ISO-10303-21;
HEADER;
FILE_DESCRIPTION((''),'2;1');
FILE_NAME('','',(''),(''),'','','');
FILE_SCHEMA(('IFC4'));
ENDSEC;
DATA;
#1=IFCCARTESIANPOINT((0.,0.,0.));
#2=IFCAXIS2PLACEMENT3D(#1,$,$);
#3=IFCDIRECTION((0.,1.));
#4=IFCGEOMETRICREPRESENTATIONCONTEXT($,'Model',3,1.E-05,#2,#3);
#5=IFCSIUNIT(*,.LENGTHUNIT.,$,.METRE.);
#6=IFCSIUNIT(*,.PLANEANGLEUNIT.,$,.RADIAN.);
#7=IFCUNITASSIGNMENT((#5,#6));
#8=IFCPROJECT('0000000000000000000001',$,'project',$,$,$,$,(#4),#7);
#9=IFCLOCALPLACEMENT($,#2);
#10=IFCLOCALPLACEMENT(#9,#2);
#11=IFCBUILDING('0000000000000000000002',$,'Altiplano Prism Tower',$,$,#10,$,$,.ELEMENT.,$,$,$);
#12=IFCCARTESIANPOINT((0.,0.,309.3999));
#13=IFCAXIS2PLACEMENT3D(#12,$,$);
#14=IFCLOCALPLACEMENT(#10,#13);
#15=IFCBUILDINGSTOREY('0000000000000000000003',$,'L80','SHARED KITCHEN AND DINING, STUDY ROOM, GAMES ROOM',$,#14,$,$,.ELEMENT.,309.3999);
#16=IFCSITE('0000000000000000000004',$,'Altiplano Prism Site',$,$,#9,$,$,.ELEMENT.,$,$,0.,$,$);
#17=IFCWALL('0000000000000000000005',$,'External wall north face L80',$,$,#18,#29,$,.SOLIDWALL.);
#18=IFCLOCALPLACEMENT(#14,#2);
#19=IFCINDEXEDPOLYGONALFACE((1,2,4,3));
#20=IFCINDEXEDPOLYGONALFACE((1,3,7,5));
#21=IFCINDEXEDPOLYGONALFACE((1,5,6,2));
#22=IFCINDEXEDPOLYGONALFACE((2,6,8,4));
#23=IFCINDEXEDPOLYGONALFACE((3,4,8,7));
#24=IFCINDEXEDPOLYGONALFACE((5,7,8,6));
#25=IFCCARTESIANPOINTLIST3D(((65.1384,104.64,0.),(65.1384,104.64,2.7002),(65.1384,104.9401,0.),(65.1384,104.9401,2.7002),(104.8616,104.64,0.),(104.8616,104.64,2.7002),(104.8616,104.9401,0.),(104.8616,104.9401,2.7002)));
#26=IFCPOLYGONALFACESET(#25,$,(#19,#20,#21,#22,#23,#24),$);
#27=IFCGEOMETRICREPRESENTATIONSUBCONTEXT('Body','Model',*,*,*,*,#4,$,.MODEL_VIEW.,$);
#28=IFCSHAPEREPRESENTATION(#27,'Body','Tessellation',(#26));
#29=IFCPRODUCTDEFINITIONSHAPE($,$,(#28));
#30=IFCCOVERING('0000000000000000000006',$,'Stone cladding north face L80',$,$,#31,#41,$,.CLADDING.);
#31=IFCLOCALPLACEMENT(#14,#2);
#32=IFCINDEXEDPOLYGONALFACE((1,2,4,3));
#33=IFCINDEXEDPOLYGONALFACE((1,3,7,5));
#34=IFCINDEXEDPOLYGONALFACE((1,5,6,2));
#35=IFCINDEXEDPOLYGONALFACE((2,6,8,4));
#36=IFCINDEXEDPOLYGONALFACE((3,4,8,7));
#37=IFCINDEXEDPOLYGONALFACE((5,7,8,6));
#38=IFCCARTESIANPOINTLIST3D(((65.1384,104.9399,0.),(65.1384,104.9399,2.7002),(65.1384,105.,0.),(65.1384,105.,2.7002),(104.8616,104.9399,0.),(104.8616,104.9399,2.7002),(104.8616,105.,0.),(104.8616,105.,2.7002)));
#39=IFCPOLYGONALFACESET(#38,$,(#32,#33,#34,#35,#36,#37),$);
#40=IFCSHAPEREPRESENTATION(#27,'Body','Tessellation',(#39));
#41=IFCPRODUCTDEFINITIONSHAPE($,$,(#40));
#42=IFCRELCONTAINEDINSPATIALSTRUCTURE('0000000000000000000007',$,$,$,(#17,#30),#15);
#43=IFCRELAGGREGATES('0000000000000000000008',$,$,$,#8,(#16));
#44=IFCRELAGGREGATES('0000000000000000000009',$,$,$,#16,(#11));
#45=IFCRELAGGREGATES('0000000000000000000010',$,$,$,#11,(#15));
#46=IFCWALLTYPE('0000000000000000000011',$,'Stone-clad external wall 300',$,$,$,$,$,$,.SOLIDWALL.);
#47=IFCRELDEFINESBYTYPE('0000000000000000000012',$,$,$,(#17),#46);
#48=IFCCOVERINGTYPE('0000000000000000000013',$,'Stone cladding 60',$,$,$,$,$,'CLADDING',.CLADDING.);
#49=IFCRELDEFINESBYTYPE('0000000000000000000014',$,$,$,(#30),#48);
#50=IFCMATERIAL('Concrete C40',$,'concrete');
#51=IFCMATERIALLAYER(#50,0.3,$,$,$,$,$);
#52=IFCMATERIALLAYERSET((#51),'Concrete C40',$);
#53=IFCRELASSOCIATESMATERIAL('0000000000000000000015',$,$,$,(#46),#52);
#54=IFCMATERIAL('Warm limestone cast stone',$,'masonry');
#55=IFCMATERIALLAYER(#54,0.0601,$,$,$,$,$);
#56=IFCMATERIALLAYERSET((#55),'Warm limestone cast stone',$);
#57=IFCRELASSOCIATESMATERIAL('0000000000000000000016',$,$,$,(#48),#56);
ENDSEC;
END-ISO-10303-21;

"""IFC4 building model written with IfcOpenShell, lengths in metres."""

from ifc_helpers import new_model, si_unit, direction, frame, frame_2d, origin, place, context, subcontext, project, spatial, rectangle, extrude, material, layer, layer_set, type_object, element, save


model = new_model("IFC4")

# Units and contexts
model_context = context("Model", 3, precision=1e-05, world=origin(), true_north=direction((0.0, 1.0)))
body_context = subcontext(model_context, "Body", "Model", "MODEL_VIEW")
ifc_project = project(units=[si_unit("LENGTHUNIT", "METRE"), si_unit("PLANEANGLEUNIT", "RADIAN")], contexts=[model_context])

# Site, building, storey
site_placement = place(None, origin())
site = spatial("IfcSite", under=ifc_project, at=site_placement, Name="Altiplano Prism Site", CompositionType="ELEMENT", RefElevation=0.0)
building_placement = place(site_placement, origin())
building = spatial("IfcBuilding", under=site, at=building_placement, Name="Altiplano Prism Tower", CompositionType="ELEMENT")
storey_placement = place(building_placement, frame((0.0, 0.0, 309.3999)))
storey = spatial("IfcBuildingStorey", under=building, at=storey_placement, Name="L80", Description="SHARED KITCHEN AND DINING, STUDY ROOM, GAMES ROOM", CompositionType="ELEMENT", Elevation=309.3999)

# Wall
ifc_material_1 = material(Name="Concrete C40", Category="concrete")
ifc_layer_1 = layer(ifc_material_1, 0.3)
ifc_layer_set_1 = layer_set([ifc_layer_1], Name="Concrete C40")
wall_type_1 = type_object("IfcWallType", Name="Stone-clad external wall 300", PredefinedType="SOLIDWALL", material=ifc_layer_set_1)
wall_1_placement = place(storey_placement, frame((65.1384, 104.79, 0.0), z_axis=(0.0, 0.0, 1.0), x_axis=(1.0, 0.0, 0.0)))
element("IfcWall", 1, at=wall_1_placement, inside=storey, type_object=wall_type_1, Name="External wall north face L80", PredefinedType="SOLIDWALL", context=body_context, shape_type="SweptSolid", body=[
    extrude(rectangle(XDim=39.7231, YDim=0.3, at=frame_2d((19.8616, 0.0))), origin(), (0.0, 0.0, 1.0), 2.7002),
])

# Covering
ifc_material_2 = material(Name="Warm limestone cast stone", Category="masonry")
ifc_layer_2 = layer(ifc_material_2, 0.0601)
ifc_layer_set_2 = layer_set([ifc_layer_2], Name="Warm limestone cast stone")
covering_type = type_object("IfcCoveringType", Name="Stone cladding 60", ElementType="CLADDING", PredefinedType="CLADDING", material=ifc_layer_set_2)
covering_placement = place(storey_placement, frame((65.1384, 104.97, 0.0), z_axis=(0.0, 0.0, 1.0), x_axis=(1.0, 0.0, 0.0)))
element("IfcCovering", 2, at=covering_placement, inside=storey, type_object=covering_type, Name="Stone cladding north face L80", PredefinedType="CLADDING", context=body_context, shape_type="SweptSolid", body=[
    extrude(rectangle(XDim=39.7231, YDim=0.0601, at=frame_2d((19.8616, 0.0))), origin(), (0.0, 0.0, 1.0), 2.7002),
])

save(model, "model.ifc")
